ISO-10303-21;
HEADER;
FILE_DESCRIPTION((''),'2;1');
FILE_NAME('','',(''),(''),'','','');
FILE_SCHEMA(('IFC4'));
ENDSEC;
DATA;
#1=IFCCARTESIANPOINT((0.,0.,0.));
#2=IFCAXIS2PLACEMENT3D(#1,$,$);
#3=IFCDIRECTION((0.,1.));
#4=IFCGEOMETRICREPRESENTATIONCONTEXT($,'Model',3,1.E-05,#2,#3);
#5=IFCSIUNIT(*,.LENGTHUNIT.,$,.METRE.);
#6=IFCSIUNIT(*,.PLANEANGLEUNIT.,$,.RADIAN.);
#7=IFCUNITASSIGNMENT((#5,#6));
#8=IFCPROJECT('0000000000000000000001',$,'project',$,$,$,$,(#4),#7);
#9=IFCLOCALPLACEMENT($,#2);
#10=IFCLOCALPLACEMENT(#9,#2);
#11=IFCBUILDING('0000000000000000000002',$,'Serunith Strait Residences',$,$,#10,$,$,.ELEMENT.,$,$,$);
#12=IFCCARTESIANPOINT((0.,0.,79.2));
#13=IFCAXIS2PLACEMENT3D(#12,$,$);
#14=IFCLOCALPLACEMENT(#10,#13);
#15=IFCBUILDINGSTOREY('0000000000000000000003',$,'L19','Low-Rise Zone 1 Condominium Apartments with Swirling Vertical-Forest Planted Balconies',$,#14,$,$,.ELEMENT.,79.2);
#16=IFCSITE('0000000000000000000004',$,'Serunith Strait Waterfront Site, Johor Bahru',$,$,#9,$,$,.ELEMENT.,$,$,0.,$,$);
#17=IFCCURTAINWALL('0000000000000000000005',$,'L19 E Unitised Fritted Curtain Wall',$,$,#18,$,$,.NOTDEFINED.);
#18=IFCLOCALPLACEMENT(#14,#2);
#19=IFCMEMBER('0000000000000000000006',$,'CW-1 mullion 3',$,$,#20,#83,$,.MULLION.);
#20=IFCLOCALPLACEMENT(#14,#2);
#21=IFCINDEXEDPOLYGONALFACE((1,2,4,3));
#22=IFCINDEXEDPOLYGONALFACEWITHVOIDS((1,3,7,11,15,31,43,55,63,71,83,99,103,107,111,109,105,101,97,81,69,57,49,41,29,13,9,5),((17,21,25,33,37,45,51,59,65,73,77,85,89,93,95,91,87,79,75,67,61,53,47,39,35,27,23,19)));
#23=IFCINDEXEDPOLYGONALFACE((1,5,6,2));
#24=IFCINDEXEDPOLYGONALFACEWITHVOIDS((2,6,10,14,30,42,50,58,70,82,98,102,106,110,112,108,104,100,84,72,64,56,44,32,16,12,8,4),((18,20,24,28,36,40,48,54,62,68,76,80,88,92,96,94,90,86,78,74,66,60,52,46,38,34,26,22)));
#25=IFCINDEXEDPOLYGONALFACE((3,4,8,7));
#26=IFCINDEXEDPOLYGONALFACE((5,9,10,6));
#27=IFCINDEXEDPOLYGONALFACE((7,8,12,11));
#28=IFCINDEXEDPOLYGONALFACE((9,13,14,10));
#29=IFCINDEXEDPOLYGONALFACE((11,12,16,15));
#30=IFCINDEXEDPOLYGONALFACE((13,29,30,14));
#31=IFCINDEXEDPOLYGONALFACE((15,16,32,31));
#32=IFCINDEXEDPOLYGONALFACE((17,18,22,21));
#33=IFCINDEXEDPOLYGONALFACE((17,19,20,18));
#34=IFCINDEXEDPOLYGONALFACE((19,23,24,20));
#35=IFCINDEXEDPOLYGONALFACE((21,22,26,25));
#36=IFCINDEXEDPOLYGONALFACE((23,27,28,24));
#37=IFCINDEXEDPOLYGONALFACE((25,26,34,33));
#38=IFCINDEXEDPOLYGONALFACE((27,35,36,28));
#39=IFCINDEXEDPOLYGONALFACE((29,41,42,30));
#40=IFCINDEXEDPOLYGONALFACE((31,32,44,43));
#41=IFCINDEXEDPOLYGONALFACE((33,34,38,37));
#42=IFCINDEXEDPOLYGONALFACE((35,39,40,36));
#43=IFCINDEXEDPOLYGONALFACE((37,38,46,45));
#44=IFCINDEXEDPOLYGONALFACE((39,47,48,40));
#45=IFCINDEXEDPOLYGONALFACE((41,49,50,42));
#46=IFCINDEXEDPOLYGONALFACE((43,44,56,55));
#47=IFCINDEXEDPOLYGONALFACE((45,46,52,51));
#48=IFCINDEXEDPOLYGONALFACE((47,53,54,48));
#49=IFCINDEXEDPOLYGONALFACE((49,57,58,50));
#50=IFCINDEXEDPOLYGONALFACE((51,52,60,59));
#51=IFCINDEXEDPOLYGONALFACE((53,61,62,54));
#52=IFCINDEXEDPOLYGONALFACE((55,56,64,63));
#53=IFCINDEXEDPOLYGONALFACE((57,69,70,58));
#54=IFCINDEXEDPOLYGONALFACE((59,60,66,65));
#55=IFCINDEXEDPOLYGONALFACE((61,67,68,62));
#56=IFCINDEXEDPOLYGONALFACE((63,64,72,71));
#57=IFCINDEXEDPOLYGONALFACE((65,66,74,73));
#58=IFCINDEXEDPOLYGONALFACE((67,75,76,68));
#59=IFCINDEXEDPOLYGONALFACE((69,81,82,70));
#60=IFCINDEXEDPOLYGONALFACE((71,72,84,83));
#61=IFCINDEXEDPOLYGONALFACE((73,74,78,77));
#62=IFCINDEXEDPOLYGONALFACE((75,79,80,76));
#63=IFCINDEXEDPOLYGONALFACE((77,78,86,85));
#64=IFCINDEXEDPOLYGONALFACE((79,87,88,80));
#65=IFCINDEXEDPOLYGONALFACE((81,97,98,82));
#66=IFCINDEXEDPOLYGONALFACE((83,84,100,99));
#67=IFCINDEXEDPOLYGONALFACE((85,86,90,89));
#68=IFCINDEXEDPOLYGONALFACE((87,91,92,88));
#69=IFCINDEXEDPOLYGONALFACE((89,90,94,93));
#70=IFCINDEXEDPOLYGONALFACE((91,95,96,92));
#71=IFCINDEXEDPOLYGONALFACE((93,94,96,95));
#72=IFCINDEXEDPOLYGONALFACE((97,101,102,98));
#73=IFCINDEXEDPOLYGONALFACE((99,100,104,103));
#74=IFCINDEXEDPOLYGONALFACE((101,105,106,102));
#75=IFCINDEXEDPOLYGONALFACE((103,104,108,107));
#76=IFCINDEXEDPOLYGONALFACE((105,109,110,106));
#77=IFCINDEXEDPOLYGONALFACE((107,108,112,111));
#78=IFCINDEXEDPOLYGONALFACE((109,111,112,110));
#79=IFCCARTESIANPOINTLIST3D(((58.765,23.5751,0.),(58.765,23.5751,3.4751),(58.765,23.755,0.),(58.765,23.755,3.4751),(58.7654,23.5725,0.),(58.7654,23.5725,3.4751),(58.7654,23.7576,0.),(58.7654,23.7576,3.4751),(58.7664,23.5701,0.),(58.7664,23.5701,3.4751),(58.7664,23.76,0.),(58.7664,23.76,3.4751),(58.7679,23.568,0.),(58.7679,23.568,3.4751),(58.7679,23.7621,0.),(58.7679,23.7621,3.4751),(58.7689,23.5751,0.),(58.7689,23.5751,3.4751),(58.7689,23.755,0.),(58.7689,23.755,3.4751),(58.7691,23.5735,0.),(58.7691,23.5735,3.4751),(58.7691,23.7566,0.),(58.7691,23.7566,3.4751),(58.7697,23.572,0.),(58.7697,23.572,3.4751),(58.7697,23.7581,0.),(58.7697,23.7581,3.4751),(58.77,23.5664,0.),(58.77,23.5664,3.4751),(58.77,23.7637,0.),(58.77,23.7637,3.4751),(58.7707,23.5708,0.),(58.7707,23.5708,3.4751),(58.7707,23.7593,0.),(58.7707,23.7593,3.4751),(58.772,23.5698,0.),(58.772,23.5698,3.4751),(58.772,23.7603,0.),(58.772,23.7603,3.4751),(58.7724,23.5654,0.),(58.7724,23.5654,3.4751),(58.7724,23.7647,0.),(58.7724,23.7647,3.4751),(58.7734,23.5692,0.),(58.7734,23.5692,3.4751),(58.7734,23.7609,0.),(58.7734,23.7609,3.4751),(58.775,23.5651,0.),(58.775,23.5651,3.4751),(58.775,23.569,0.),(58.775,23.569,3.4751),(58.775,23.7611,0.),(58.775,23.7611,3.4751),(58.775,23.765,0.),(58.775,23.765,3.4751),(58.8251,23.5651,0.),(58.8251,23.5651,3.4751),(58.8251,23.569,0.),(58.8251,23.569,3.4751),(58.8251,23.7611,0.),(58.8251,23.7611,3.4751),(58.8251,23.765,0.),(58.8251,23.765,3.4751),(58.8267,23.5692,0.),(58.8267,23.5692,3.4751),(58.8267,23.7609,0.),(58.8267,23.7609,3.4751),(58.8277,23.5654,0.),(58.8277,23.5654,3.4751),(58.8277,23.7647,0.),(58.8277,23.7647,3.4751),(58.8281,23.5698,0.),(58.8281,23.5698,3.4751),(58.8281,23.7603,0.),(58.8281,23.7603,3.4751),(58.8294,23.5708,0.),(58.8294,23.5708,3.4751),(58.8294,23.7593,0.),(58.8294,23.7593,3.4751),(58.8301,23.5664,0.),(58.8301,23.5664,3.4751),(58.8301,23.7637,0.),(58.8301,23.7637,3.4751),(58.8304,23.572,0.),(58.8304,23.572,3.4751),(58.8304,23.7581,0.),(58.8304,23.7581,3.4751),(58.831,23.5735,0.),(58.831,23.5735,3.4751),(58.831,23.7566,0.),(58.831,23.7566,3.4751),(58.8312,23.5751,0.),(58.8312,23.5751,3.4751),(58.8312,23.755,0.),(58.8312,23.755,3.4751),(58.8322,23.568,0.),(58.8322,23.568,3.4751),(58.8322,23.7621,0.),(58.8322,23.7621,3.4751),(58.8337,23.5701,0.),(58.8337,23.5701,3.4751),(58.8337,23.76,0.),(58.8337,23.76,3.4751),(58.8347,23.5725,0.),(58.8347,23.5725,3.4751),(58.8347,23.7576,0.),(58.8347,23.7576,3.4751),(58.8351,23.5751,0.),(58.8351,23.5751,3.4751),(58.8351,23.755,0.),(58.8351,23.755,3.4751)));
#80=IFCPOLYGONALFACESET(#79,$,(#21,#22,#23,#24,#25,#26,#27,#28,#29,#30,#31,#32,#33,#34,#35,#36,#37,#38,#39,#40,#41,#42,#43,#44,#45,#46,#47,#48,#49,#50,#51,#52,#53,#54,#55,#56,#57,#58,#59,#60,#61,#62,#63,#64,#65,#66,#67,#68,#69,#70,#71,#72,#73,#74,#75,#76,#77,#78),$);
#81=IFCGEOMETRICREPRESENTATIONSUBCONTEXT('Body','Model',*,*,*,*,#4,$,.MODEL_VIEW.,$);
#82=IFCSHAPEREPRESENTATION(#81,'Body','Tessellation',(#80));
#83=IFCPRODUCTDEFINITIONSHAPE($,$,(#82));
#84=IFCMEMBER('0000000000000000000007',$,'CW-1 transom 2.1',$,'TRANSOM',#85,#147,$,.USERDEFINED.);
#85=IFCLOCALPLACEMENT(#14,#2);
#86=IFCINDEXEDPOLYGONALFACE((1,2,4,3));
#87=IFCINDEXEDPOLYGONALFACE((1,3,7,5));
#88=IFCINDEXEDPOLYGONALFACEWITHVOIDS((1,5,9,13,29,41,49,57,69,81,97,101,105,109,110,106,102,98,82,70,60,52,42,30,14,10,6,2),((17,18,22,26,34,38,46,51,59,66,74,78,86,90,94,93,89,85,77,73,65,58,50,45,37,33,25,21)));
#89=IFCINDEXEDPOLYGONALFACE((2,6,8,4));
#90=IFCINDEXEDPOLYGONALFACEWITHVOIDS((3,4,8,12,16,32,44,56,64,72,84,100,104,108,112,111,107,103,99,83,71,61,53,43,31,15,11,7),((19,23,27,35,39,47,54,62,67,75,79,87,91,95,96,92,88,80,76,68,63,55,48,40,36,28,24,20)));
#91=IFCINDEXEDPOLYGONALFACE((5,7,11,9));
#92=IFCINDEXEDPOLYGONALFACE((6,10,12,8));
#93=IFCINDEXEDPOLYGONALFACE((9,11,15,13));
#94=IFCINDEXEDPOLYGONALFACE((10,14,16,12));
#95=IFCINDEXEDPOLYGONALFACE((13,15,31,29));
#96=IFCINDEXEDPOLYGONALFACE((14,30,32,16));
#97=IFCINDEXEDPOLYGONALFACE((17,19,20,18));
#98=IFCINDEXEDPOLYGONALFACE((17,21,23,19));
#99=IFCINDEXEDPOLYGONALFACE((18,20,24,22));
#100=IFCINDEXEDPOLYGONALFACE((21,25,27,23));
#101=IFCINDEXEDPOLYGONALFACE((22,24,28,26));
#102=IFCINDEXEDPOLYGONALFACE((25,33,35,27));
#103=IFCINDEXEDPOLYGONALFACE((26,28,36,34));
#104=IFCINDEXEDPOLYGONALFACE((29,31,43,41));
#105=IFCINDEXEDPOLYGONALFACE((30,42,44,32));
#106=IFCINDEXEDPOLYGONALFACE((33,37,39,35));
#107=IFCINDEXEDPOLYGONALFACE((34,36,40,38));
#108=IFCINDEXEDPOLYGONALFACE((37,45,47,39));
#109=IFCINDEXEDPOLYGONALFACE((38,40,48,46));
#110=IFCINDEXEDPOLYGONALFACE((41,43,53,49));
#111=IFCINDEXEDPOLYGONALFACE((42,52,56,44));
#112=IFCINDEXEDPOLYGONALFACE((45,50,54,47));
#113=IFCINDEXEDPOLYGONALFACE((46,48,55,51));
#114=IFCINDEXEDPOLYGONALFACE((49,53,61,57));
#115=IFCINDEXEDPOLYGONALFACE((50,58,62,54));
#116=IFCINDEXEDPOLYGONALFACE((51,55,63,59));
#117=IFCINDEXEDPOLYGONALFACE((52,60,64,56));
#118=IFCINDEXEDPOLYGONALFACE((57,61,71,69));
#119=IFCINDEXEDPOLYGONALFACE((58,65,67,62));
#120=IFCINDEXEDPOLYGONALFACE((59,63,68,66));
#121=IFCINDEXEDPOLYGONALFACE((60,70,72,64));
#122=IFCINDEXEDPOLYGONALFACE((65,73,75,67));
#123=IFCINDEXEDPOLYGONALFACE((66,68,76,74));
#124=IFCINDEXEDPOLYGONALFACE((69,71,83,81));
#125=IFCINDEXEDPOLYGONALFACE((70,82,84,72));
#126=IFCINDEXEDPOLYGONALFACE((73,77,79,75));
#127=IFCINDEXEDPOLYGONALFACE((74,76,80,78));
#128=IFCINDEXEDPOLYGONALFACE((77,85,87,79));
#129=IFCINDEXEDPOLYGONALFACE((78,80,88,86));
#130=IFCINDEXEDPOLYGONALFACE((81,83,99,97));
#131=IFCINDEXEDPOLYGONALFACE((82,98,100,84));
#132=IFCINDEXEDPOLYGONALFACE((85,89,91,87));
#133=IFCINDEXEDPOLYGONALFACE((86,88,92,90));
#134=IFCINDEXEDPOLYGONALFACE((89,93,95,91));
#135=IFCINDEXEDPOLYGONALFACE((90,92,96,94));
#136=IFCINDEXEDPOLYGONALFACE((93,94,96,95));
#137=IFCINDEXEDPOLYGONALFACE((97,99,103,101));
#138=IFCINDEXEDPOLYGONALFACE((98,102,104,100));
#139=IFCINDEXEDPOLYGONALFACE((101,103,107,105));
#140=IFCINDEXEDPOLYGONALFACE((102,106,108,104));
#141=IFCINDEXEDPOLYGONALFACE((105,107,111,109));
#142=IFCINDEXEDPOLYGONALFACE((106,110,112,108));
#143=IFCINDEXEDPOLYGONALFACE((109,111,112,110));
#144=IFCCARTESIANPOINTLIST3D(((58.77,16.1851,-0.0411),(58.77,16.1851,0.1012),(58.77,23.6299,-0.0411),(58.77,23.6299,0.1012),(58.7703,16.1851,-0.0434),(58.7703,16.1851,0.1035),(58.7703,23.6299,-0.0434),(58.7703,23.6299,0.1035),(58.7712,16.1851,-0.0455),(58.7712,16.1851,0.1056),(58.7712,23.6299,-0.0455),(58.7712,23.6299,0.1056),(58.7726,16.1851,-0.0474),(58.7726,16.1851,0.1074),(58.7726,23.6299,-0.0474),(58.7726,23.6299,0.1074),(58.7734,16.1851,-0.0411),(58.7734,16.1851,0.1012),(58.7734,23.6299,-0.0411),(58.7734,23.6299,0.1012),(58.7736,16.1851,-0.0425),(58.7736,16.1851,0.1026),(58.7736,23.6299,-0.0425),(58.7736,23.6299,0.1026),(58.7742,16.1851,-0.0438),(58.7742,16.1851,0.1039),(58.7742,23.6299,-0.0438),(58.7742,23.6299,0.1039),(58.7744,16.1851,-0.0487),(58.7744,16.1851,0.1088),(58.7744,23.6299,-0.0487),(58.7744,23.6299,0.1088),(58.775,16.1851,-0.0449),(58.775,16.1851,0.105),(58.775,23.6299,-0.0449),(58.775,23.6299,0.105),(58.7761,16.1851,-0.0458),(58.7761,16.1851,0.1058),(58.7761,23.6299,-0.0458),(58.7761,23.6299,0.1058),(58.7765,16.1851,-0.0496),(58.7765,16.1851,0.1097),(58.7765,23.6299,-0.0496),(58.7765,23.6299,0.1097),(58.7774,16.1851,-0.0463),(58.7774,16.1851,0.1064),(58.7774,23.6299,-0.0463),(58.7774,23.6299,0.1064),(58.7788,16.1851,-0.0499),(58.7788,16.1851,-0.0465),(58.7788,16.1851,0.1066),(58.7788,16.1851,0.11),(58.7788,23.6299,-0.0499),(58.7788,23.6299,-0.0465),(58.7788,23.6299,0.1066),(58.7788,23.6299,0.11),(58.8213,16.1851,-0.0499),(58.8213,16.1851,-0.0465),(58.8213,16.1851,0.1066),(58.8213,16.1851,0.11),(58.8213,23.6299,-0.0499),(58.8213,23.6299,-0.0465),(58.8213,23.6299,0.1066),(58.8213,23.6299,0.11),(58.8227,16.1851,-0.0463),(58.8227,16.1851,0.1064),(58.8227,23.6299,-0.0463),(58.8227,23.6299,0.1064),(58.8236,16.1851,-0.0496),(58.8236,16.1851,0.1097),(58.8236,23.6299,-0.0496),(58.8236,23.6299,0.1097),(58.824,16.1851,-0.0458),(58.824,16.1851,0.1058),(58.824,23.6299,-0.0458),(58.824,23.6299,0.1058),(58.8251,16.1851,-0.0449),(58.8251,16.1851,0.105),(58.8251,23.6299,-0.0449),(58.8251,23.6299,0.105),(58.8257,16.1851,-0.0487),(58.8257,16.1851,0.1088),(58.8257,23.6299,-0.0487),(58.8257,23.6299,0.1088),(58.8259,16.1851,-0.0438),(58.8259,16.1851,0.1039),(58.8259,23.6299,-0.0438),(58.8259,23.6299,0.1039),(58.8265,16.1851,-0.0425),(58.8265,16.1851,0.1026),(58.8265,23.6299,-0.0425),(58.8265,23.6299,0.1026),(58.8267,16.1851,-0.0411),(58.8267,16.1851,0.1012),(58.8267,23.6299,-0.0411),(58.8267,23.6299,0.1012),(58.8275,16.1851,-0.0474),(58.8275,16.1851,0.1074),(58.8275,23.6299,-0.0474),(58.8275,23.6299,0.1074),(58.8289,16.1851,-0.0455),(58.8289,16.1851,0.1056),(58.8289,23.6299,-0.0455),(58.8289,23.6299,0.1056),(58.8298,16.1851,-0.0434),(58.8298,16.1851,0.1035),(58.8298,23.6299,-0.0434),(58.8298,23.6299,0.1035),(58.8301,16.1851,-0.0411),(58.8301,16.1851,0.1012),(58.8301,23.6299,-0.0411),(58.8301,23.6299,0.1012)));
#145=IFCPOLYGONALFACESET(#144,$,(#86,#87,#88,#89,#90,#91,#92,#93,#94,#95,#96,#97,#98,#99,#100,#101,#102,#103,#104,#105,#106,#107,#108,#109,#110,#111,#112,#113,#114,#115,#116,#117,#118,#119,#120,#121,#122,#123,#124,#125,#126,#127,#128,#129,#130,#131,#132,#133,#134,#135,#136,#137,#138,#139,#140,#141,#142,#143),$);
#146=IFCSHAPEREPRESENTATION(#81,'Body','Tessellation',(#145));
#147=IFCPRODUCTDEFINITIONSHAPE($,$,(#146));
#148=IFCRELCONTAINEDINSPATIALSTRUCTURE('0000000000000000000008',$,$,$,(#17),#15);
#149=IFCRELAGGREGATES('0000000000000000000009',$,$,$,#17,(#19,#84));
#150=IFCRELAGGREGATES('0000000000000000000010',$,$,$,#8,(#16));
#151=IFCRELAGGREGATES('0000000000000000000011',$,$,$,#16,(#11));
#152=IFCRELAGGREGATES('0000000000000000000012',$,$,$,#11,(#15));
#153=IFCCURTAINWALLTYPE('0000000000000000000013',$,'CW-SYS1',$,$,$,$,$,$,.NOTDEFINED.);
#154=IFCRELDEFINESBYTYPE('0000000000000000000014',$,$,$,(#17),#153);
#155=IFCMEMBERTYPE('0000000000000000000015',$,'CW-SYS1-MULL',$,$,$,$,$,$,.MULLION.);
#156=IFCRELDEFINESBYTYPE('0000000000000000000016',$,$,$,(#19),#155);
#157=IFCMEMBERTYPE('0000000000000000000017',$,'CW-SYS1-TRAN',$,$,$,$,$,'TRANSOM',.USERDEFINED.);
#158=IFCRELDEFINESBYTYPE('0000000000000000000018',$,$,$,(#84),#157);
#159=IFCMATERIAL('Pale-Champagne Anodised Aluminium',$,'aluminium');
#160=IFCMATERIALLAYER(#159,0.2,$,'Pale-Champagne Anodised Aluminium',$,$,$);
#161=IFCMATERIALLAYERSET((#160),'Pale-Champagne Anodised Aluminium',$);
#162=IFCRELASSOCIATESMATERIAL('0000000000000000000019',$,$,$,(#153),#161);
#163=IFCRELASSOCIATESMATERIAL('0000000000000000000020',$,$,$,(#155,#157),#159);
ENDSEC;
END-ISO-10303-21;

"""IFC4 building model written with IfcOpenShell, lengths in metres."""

from ifc_helpers import new_model, si_unit, direction, frame, origin, origin_2d, place, context, subcontext, project, spatial, hollow_rectangle, extrude, source, transform, mapped, material, layer, layer_set, material_profile, profile_set, type_object, element, aggregate, save


model = new_model("IFC4")

# Units and contexts
model_context = context("Model", 3, precision=1e-05, world=origin(), true_north=direction((0.0, 1.0)))
body_context = subcontext(model_context, "Body", "Model", "MODEL_VIEW")
ifc_project = project(units=[si_unit("LENGTHUNIT", "METRE"), si_unit("PLANEANGLEUNIT", "RADIAN")], contexts=[model_context])

# Site, building, storey
site_placement = place(None, origin())
site = spatial("IfcSite", under=ifc_project, at=site_placement, Name="Serunith Strait Waterfront Site, Johor Bahru", CompositionType="ELEMENT", RefElevation=0.0)
building_placement = place(site_placement, origin())
building = spatial("IfcBuilding", under=site, at=building_placement, Name="Serunith Strait Residences", CompositionType="ELEMENT")
storey_placement = place(building_placement, frame((0.0, 0.0, 79.2)))
storey = spatial("IfcBuildingStorey", under=building, at=storey_placement, Name="L19", Description="Low-Rise Zone 1 Condominium Apartments with Swirling Vertical-Forest Planted Balconies", CompositionType="ELEMENT", Elevation=79.2)

# Curtain wall, members
ifc_material_1 = material(Name="Pale-Champagne Anodised Aluminium", Category="aluminium")
ifc_layer_1 = layer(ifc_material_1, 0.2, Name="Pale-Champagne Anodised Aluminium")
ifc_layer_set_1 = layer_set([ifc_layer_1], Name="Pale-Champagne Anodised Aluminium")
curtain_wall_type = type_object("IfcCurtainWallType", Name="CW-SYS1", PredefinedType="NOTDEFINED", material=ifc_layer_set_1)
curtain_wall_placement = place(storey_placement, origin())
curtain_wall = element("IfcCurtainWall", 1, at=curtain_wall_placement, inside=storey, type_object=curtain_wall_type, Name="L19 E Unitised Fritted Curtain Wall", PredefinedType="NOTDEFINED")
ifc_material_profile_1 = material_profile(ifc_material_1, hollow_rectangle(XDim=0.0701, YDim=0.2, WallThickness=0.0039, InnerFilletRadius=0.0061, OuterFilletRadius=0.01, at=origin_2d()), Name="ALU 200x70x4")
ifc_profile_set_1 = profile_set([ifc_material_profile_1], Name="Pale-Champagne Anodised Aluminium")
member_type_1 = type_object("IfcMemberType", Name="CW-SYS1-MULL", PredefinedType="MULLION", material=ifc_profile_set_1)
shared_shape_1 = source(origin(), body_context, "Body", "SweptSolid", [
    extrude(hollow_rectangle(XDim=0.0701, YDim=0.2, WallThickness=0.0039, InnerFilletRadius=0.0061, OuterFilletRadius=0.01, at=origin_2d()), origin(), (0.0, 0.0, 1.0), 3.4751),
])
member_1_placement = place(storey_placement, frame((58.8, 23.665, 0.0), z_axis=(0.0, 0.0, 1.0), x_axis=(-1.0, 0.0, 0.0)))
member_1 = element("IfcMember", 2, at=member_1_placement, type_object=member_type_1, Name="CW-1 mullion 3", PredefinedType="MULLION", context=body_context, shape_type="MappedRepresentation", body=[
    mapped(shared_shape_1, transform((0.0, 0.0, 0.0), scale=1.0)),
])
ifc_material_profile_2 = material_profile(ifc_material_1, hollow_rectangle(XDim=0.0601, YDim=0.1599, WallThickness=0.0034, InnerFilletRadius=0.0054, OuterFilletRadius=0.0088, at=origin_2d()), Name="ALU 160x60x3.5")
ifc_profile_set_2 = profile_set([ifc_material_profile_2], Name="Pale-Champagne Anodised Aluminium")
member_type_2 = type_object("IfcMemberType", Name="CW-SYS1-TRAN", ElementType="TRANSOM", PredefinedType="USERDEFINED", material=ifc_profile_set_2)
shared_shape_2 = source(origin(), body_context, "Body", "SweptSolid", [
    extrude(hollow_rectangle(XDim=0.0601, YDim=0.1599, WallThickness=0.0034, InnerFilletRadius=0.0054, OuterFilletRadius=0.0088, at=origin_2d()), origin(), (0.0, 0.0, 1.0), 7.4448),
])
member_2_placement = place(storey_placement, frame((58.8, 16.1851, 0.03), z_axis=(0.0, 1.0, 0.0), x_axis=(-1.0, 0.0, 0.0)))
member_2 = element("IfcMember", 3, at=member_2_placement, type_object=member_type_2, Name="CW-1 transom 2.1", ObjectType="TRANSOM", PredefinedType="USERDEFINED", context=body_context, shape_type="MappedRepresentation", body=[
    mapped(shared_shape_2, transform((0.0, 0.0, 0.0), scale=1.0)),
])
aggregate(curtain_wall, [member_1, member_2])

save(model, "model.ifc")
